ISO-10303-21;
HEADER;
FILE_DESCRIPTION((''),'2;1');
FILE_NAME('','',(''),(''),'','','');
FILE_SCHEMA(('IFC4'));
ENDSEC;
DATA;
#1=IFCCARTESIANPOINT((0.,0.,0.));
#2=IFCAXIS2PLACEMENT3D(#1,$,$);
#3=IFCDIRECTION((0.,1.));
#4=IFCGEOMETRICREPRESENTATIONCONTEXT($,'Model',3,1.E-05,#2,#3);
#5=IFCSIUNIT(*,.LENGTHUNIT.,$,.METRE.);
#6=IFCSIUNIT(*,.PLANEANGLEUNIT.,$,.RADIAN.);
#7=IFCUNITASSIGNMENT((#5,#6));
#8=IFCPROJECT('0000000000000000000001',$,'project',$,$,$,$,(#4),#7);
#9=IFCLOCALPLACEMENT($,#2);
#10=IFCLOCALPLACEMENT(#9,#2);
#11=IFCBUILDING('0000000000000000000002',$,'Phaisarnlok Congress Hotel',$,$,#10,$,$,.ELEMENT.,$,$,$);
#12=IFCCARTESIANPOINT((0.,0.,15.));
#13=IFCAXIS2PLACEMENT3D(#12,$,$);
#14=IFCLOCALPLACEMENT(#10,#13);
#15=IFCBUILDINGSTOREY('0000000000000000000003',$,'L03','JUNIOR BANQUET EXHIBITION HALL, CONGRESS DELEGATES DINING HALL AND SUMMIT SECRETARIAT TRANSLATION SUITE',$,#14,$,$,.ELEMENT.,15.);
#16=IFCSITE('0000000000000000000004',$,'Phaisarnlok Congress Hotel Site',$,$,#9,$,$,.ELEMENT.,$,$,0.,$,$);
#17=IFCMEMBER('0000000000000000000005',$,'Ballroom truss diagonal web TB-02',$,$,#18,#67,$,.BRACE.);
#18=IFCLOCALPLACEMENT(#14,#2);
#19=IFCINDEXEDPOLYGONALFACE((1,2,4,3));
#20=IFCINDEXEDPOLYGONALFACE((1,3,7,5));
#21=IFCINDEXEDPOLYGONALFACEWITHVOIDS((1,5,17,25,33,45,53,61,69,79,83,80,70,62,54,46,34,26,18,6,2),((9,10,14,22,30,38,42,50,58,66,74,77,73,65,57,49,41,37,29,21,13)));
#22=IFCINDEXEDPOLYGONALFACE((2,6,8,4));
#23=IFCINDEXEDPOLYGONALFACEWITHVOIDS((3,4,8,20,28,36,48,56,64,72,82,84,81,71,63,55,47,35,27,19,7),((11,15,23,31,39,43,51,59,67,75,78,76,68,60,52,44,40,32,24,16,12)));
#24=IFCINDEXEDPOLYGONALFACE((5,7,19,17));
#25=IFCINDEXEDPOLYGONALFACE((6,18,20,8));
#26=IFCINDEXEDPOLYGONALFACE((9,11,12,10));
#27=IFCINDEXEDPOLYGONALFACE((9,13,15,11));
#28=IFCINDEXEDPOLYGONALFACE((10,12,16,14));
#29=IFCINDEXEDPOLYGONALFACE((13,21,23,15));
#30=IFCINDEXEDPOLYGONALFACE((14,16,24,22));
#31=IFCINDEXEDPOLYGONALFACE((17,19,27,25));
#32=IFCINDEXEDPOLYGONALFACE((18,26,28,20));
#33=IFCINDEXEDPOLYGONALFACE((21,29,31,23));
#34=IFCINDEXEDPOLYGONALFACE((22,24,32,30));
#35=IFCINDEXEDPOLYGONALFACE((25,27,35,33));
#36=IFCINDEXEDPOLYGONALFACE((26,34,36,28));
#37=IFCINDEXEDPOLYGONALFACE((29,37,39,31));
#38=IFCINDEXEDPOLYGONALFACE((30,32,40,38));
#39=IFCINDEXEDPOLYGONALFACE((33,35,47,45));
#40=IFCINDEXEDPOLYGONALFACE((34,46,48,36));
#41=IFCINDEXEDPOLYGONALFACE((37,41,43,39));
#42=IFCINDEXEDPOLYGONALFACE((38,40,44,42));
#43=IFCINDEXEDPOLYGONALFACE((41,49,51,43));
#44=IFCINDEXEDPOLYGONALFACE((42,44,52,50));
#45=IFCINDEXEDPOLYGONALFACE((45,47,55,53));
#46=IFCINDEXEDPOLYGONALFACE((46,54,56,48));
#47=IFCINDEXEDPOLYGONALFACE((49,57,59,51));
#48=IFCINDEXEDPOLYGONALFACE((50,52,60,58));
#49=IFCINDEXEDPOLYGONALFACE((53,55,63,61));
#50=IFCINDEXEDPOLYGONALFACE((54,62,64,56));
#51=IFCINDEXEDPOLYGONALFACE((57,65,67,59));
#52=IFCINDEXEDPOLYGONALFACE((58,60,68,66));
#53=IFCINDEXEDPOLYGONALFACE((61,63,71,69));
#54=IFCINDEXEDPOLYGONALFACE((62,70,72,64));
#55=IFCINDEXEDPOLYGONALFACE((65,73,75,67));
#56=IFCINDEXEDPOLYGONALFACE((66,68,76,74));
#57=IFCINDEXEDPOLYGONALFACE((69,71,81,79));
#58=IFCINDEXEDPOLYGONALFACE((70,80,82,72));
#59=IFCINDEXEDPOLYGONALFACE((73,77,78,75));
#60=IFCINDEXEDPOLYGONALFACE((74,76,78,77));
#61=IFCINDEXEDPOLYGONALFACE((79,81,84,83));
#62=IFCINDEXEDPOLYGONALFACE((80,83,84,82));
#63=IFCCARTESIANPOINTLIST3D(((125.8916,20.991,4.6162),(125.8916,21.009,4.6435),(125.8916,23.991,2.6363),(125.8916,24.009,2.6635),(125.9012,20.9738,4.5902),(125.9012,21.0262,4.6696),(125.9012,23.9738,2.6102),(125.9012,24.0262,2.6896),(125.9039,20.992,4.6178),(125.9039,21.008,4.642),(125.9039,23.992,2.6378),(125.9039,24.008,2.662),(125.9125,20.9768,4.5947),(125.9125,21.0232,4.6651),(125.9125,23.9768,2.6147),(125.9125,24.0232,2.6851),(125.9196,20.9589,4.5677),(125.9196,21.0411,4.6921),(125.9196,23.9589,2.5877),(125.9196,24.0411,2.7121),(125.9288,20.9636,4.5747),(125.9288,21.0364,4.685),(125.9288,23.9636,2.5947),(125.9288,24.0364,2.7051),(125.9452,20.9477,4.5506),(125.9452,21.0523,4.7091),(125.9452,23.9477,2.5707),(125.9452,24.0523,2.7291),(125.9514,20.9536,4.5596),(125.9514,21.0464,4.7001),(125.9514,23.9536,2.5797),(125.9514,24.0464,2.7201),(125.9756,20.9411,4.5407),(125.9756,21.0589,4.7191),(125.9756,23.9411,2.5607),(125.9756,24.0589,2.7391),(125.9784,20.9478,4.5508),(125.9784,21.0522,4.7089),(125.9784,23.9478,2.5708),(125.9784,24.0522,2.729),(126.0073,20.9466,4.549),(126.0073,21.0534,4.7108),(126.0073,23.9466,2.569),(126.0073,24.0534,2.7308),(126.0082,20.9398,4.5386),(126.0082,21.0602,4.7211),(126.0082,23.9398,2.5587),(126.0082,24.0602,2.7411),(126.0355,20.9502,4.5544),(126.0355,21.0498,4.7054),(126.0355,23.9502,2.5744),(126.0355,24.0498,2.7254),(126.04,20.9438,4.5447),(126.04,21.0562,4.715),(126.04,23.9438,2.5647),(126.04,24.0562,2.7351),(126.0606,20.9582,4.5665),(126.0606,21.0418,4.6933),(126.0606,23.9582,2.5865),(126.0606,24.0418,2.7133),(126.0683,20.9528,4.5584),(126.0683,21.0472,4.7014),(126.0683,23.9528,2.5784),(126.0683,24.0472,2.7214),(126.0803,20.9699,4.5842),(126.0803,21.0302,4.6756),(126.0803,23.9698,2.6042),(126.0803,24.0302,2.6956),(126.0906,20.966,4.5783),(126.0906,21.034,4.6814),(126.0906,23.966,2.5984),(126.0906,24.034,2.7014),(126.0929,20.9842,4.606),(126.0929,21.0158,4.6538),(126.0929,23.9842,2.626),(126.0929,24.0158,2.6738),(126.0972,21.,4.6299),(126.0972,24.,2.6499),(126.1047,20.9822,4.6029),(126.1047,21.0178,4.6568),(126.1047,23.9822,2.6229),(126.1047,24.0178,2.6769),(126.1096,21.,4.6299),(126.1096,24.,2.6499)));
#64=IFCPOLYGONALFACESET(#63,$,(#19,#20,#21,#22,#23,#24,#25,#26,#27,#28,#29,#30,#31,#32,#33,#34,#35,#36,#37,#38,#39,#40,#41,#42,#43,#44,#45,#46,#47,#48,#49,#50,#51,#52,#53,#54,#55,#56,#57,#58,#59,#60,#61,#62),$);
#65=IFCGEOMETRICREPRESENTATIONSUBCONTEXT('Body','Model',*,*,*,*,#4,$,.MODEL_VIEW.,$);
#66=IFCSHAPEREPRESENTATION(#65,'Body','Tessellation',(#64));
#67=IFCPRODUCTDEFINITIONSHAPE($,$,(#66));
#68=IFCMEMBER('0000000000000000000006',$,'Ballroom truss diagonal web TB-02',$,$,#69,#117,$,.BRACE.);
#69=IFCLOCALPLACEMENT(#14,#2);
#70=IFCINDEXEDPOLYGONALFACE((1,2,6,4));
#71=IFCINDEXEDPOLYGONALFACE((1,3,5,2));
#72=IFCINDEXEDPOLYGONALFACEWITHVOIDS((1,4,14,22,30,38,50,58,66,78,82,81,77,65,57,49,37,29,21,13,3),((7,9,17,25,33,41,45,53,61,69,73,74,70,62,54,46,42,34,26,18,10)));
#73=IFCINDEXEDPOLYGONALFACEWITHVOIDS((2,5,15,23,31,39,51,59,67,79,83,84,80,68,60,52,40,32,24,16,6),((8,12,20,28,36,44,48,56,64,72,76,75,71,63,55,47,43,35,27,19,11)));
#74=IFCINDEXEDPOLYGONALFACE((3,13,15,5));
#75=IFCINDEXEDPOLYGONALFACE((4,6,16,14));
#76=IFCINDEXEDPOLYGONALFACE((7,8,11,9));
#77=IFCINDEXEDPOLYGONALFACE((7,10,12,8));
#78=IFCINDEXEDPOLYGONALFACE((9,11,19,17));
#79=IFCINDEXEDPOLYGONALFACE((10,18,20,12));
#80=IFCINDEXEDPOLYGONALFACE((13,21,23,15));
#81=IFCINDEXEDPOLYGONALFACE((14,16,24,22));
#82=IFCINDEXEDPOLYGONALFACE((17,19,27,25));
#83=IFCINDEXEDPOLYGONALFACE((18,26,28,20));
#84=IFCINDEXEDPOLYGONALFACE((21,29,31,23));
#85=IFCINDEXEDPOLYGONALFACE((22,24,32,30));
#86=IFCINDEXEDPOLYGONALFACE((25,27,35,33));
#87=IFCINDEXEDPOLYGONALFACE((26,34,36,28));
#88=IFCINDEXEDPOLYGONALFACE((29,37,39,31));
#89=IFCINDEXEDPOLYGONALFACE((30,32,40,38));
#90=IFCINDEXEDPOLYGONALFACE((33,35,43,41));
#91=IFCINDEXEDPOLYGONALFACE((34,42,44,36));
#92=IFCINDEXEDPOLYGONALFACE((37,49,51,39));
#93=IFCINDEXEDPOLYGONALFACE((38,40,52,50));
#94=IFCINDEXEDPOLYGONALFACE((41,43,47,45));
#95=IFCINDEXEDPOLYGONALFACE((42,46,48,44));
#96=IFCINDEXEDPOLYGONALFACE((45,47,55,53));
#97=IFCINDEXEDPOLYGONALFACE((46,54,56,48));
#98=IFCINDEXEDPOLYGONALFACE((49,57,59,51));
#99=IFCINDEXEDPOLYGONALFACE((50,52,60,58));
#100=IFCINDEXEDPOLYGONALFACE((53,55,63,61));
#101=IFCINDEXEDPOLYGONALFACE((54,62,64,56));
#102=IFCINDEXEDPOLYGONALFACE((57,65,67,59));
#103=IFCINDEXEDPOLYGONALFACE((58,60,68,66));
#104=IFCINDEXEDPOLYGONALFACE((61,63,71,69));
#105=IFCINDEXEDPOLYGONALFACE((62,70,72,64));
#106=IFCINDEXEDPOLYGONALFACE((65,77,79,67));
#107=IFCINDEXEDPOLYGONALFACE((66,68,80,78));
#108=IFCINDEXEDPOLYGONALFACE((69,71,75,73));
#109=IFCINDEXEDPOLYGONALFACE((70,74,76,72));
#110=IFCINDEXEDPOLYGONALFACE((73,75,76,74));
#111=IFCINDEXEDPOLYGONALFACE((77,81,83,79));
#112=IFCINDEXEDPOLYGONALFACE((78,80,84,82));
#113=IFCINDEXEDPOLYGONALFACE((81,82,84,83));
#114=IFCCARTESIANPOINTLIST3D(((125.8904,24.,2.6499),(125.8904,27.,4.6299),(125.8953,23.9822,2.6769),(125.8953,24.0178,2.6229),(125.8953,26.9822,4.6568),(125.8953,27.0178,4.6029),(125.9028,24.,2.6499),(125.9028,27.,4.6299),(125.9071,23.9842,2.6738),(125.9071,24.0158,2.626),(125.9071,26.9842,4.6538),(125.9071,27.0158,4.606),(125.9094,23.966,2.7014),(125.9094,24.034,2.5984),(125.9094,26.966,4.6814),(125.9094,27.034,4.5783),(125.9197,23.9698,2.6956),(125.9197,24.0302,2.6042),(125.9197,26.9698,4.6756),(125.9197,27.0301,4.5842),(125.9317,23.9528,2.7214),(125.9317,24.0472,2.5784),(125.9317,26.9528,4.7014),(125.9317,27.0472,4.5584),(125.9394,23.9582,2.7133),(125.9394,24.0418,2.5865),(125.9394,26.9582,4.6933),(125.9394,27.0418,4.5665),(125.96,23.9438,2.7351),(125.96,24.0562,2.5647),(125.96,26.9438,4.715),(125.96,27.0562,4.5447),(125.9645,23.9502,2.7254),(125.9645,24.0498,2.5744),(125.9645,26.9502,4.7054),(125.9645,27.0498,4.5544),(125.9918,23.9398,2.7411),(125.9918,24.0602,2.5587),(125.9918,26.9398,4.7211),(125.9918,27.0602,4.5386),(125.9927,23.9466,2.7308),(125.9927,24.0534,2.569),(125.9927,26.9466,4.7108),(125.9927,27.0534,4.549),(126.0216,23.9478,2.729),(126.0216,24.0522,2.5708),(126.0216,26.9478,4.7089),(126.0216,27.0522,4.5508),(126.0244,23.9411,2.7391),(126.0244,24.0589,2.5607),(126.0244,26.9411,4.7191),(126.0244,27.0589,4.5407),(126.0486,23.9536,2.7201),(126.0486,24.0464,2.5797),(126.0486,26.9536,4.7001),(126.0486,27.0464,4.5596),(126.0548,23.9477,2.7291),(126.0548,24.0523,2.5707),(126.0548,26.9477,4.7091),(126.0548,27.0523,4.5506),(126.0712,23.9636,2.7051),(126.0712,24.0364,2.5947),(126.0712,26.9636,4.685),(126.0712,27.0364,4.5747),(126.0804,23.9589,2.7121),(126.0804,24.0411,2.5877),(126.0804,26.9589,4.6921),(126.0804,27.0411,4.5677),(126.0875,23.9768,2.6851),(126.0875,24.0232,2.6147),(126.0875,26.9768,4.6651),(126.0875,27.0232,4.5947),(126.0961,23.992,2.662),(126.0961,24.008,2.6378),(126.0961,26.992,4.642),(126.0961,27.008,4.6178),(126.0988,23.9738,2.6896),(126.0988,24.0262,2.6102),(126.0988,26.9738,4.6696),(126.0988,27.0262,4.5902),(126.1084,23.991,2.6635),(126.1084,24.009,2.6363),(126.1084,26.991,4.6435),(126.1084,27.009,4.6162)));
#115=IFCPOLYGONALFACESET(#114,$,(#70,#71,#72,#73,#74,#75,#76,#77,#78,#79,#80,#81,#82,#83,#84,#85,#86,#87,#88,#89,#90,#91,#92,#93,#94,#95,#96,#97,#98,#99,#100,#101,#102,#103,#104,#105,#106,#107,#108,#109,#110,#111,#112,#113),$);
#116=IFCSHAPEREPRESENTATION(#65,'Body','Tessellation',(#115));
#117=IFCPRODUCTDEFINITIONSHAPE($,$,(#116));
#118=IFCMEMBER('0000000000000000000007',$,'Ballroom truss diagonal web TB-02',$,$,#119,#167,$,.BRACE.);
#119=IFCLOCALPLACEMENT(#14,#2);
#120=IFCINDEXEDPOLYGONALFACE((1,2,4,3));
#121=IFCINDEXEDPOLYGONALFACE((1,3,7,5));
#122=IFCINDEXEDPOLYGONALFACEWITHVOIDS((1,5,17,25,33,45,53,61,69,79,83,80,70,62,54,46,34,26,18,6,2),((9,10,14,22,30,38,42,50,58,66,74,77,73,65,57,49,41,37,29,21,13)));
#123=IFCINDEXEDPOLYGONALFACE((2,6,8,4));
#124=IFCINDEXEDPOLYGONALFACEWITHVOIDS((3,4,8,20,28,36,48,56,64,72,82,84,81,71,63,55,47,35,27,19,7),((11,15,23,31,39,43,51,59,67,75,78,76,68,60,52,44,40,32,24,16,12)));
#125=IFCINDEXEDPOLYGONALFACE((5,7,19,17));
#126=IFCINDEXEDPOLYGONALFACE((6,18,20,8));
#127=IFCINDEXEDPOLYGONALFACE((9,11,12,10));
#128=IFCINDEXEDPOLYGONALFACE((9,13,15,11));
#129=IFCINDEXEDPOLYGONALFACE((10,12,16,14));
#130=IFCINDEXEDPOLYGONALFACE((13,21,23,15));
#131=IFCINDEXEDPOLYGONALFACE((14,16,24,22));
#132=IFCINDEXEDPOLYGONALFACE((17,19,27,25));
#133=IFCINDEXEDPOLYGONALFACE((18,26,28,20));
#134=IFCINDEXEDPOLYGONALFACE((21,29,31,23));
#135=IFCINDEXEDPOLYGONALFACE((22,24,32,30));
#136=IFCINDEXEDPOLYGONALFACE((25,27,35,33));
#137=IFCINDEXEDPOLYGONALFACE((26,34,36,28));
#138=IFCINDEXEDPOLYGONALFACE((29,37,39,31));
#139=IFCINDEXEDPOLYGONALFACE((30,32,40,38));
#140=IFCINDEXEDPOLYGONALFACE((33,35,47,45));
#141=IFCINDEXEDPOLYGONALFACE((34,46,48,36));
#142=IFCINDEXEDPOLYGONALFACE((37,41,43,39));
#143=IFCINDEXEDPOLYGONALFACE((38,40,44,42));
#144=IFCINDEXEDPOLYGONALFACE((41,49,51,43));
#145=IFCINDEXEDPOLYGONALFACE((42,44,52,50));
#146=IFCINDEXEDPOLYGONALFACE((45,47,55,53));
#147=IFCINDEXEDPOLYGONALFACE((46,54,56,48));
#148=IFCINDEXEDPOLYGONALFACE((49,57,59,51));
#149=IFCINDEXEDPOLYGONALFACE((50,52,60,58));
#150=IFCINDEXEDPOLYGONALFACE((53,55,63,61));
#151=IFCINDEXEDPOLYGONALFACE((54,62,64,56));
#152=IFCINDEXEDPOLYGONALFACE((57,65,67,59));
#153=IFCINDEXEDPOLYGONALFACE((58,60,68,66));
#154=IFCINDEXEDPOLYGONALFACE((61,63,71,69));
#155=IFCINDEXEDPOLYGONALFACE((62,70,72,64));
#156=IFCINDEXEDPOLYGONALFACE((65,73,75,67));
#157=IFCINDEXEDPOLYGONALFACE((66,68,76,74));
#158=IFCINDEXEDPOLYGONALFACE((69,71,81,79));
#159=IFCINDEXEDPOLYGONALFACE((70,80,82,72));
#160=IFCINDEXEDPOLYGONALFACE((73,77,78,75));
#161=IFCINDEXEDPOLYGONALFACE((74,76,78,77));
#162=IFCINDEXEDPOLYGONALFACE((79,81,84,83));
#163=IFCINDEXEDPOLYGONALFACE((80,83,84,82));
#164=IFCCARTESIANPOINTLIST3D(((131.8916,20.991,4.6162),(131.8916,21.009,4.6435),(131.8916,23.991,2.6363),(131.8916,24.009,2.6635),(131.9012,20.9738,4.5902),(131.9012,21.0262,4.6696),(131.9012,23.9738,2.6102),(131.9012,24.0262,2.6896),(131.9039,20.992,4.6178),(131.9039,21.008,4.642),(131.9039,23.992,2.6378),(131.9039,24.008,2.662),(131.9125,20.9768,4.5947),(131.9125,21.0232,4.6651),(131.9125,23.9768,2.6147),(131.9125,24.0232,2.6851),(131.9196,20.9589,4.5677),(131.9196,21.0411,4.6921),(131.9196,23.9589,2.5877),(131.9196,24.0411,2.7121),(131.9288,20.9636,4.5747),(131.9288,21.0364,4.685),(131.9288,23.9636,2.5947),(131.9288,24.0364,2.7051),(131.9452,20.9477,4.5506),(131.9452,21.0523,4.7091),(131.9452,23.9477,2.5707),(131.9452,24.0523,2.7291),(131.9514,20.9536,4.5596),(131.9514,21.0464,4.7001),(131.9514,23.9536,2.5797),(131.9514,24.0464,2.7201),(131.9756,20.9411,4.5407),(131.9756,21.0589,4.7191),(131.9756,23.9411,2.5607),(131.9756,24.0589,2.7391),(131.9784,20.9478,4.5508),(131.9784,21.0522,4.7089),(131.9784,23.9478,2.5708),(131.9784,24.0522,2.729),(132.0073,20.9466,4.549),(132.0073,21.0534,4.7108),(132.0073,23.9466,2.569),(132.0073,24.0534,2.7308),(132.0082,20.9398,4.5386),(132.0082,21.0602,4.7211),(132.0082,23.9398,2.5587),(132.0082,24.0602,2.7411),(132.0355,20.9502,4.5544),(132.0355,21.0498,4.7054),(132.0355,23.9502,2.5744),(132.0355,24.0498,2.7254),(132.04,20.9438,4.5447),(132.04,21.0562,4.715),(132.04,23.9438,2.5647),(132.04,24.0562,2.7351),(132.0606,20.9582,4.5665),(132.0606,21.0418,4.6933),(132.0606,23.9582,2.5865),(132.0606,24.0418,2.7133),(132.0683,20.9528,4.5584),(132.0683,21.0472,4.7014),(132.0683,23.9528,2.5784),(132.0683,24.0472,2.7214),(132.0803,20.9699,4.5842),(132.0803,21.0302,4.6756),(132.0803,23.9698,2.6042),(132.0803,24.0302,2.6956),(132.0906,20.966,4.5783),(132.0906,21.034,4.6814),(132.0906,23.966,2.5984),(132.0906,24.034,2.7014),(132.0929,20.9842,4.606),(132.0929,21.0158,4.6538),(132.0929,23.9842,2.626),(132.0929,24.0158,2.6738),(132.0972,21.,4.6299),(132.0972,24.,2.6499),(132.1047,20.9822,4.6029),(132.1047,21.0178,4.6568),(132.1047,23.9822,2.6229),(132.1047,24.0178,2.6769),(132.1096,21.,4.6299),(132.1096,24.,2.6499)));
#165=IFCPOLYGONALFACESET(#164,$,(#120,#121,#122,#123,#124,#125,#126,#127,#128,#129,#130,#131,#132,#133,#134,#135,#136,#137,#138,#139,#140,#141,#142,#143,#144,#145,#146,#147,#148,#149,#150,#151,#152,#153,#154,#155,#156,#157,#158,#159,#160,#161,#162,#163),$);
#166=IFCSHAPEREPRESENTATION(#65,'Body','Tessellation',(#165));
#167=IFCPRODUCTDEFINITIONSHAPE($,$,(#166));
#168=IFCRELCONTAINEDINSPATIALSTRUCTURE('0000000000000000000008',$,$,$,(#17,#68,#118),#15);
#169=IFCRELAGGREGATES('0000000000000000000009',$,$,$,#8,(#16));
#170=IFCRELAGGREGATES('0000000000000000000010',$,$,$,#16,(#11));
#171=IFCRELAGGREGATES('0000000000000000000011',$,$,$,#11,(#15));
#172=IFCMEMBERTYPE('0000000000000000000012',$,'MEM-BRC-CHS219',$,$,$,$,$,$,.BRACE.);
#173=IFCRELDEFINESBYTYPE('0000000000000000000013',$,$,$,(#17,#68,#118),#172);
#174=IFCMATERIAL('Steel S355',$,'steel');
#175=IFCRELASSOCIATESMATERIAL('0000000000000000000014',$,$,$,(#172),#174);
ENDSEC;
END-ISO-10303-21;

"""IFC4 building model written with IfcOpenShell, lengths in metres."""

from ifc_helpers import new_model, si_unit, direction, frame, origin, origin_2d, place, context, subcontext, project, spatial, hollow_circle, extrude, material, material_profile, profile_set, type_object, element, save


model = new_model("IFC4")

# Units and contexts
model_context = context("Model", 3, precision=1e-05, world=origin(), true_north=direction((0.0, 1.0)))
body_context = subcontext(model_context, "Body", "Model", "MODEL_VIEW")
ifc_project = project(units=[si_unit("LENGTHUNIT", "METRE"), si_unit("PLANEANGLEUNIT", "RADIAN")], contexts=[model_context])

# Site, building, storey
site_placement = place(None, origin())
site = spatial("IfcSite", under=ifc_project, at=site_placement, Name="Phaisarnlok Congress Hotel Site", CompositionType="ELEMENT", RefElevation=0.0)
building_placement = place(site_placement, origin())
building = spatial("IfcBuilding", under=site, at=building_placement, Name="Phaisarnlok Congress Hotel", CompositionType="ELEMENT")
storey_placement = place(building_placement, frame((0.0, 0.0, 15.0)))
storey = spatial("IfcBuildingStorey", under=building, at=storey_placement, Name="L03", Description="JUNIOR BANQUET EXHIBITION HALL, CONGRESS DELEGATES DINING HALL AND SUMMIT SECRETARIAT TRANSLATION SUITE", CompositionType="ELEMENT", Elevation=15.0)

# Members
ifc_material = material(Name="Steel S355", Category="steel")
ifc_material_profile_1 = material_profile(ifc_material, hollow_circle(Radius=0.1096, WallThickness=0.0125, at=origin_2d()), Name="CHS 219.1x12.5")
ifc_profile_set_1 = profile_set([ifc_material_profile_1], Name="Steel S355")
member_type_1 = type_object("IfcMemberType", Name="MEM-BRC-CHS219", PredefinedType="BRACE", material=ifc_profile_set_1)
for number, where, z_axis, x_axis, name in (
    (1, (126.0, 24.0, 2.6499), (0.0, -0.834612, 0.550838), (1.0, 0.0, 0.0), "Ballroom truss diagonal web TB-02"),
    (2, (126.0, 24.0, 2.6499), (0.0, 0.834612, 0.550838), (-1.0, 0.0, 0.0), "Ballroom truss diagonal web TB-02"),
    (3, (132.0, 24.0, 2.6499), (0.0, -0.834612, 0.550838), (1.0, 0.0, 0.0), "Ballroom truss diagonal web TB-02"),
):
    element("IfcMember", number, at=place(storey_placement, frame(where, z_axis=z_axis, x_axis=x_axis)), inside=storey, type_object=member_type_1, Name=name, PredefinedType="BRACE", context=body_context, shape_type="SweptSolid", body=[
        extrude(hollow_circle(Radius=0.1096, WallThickness=0.0125, at=origin_2d()), origin(), (0.0, 0.0, 1.0), 3.5945),
    ])

save(model, "model.ifc")
